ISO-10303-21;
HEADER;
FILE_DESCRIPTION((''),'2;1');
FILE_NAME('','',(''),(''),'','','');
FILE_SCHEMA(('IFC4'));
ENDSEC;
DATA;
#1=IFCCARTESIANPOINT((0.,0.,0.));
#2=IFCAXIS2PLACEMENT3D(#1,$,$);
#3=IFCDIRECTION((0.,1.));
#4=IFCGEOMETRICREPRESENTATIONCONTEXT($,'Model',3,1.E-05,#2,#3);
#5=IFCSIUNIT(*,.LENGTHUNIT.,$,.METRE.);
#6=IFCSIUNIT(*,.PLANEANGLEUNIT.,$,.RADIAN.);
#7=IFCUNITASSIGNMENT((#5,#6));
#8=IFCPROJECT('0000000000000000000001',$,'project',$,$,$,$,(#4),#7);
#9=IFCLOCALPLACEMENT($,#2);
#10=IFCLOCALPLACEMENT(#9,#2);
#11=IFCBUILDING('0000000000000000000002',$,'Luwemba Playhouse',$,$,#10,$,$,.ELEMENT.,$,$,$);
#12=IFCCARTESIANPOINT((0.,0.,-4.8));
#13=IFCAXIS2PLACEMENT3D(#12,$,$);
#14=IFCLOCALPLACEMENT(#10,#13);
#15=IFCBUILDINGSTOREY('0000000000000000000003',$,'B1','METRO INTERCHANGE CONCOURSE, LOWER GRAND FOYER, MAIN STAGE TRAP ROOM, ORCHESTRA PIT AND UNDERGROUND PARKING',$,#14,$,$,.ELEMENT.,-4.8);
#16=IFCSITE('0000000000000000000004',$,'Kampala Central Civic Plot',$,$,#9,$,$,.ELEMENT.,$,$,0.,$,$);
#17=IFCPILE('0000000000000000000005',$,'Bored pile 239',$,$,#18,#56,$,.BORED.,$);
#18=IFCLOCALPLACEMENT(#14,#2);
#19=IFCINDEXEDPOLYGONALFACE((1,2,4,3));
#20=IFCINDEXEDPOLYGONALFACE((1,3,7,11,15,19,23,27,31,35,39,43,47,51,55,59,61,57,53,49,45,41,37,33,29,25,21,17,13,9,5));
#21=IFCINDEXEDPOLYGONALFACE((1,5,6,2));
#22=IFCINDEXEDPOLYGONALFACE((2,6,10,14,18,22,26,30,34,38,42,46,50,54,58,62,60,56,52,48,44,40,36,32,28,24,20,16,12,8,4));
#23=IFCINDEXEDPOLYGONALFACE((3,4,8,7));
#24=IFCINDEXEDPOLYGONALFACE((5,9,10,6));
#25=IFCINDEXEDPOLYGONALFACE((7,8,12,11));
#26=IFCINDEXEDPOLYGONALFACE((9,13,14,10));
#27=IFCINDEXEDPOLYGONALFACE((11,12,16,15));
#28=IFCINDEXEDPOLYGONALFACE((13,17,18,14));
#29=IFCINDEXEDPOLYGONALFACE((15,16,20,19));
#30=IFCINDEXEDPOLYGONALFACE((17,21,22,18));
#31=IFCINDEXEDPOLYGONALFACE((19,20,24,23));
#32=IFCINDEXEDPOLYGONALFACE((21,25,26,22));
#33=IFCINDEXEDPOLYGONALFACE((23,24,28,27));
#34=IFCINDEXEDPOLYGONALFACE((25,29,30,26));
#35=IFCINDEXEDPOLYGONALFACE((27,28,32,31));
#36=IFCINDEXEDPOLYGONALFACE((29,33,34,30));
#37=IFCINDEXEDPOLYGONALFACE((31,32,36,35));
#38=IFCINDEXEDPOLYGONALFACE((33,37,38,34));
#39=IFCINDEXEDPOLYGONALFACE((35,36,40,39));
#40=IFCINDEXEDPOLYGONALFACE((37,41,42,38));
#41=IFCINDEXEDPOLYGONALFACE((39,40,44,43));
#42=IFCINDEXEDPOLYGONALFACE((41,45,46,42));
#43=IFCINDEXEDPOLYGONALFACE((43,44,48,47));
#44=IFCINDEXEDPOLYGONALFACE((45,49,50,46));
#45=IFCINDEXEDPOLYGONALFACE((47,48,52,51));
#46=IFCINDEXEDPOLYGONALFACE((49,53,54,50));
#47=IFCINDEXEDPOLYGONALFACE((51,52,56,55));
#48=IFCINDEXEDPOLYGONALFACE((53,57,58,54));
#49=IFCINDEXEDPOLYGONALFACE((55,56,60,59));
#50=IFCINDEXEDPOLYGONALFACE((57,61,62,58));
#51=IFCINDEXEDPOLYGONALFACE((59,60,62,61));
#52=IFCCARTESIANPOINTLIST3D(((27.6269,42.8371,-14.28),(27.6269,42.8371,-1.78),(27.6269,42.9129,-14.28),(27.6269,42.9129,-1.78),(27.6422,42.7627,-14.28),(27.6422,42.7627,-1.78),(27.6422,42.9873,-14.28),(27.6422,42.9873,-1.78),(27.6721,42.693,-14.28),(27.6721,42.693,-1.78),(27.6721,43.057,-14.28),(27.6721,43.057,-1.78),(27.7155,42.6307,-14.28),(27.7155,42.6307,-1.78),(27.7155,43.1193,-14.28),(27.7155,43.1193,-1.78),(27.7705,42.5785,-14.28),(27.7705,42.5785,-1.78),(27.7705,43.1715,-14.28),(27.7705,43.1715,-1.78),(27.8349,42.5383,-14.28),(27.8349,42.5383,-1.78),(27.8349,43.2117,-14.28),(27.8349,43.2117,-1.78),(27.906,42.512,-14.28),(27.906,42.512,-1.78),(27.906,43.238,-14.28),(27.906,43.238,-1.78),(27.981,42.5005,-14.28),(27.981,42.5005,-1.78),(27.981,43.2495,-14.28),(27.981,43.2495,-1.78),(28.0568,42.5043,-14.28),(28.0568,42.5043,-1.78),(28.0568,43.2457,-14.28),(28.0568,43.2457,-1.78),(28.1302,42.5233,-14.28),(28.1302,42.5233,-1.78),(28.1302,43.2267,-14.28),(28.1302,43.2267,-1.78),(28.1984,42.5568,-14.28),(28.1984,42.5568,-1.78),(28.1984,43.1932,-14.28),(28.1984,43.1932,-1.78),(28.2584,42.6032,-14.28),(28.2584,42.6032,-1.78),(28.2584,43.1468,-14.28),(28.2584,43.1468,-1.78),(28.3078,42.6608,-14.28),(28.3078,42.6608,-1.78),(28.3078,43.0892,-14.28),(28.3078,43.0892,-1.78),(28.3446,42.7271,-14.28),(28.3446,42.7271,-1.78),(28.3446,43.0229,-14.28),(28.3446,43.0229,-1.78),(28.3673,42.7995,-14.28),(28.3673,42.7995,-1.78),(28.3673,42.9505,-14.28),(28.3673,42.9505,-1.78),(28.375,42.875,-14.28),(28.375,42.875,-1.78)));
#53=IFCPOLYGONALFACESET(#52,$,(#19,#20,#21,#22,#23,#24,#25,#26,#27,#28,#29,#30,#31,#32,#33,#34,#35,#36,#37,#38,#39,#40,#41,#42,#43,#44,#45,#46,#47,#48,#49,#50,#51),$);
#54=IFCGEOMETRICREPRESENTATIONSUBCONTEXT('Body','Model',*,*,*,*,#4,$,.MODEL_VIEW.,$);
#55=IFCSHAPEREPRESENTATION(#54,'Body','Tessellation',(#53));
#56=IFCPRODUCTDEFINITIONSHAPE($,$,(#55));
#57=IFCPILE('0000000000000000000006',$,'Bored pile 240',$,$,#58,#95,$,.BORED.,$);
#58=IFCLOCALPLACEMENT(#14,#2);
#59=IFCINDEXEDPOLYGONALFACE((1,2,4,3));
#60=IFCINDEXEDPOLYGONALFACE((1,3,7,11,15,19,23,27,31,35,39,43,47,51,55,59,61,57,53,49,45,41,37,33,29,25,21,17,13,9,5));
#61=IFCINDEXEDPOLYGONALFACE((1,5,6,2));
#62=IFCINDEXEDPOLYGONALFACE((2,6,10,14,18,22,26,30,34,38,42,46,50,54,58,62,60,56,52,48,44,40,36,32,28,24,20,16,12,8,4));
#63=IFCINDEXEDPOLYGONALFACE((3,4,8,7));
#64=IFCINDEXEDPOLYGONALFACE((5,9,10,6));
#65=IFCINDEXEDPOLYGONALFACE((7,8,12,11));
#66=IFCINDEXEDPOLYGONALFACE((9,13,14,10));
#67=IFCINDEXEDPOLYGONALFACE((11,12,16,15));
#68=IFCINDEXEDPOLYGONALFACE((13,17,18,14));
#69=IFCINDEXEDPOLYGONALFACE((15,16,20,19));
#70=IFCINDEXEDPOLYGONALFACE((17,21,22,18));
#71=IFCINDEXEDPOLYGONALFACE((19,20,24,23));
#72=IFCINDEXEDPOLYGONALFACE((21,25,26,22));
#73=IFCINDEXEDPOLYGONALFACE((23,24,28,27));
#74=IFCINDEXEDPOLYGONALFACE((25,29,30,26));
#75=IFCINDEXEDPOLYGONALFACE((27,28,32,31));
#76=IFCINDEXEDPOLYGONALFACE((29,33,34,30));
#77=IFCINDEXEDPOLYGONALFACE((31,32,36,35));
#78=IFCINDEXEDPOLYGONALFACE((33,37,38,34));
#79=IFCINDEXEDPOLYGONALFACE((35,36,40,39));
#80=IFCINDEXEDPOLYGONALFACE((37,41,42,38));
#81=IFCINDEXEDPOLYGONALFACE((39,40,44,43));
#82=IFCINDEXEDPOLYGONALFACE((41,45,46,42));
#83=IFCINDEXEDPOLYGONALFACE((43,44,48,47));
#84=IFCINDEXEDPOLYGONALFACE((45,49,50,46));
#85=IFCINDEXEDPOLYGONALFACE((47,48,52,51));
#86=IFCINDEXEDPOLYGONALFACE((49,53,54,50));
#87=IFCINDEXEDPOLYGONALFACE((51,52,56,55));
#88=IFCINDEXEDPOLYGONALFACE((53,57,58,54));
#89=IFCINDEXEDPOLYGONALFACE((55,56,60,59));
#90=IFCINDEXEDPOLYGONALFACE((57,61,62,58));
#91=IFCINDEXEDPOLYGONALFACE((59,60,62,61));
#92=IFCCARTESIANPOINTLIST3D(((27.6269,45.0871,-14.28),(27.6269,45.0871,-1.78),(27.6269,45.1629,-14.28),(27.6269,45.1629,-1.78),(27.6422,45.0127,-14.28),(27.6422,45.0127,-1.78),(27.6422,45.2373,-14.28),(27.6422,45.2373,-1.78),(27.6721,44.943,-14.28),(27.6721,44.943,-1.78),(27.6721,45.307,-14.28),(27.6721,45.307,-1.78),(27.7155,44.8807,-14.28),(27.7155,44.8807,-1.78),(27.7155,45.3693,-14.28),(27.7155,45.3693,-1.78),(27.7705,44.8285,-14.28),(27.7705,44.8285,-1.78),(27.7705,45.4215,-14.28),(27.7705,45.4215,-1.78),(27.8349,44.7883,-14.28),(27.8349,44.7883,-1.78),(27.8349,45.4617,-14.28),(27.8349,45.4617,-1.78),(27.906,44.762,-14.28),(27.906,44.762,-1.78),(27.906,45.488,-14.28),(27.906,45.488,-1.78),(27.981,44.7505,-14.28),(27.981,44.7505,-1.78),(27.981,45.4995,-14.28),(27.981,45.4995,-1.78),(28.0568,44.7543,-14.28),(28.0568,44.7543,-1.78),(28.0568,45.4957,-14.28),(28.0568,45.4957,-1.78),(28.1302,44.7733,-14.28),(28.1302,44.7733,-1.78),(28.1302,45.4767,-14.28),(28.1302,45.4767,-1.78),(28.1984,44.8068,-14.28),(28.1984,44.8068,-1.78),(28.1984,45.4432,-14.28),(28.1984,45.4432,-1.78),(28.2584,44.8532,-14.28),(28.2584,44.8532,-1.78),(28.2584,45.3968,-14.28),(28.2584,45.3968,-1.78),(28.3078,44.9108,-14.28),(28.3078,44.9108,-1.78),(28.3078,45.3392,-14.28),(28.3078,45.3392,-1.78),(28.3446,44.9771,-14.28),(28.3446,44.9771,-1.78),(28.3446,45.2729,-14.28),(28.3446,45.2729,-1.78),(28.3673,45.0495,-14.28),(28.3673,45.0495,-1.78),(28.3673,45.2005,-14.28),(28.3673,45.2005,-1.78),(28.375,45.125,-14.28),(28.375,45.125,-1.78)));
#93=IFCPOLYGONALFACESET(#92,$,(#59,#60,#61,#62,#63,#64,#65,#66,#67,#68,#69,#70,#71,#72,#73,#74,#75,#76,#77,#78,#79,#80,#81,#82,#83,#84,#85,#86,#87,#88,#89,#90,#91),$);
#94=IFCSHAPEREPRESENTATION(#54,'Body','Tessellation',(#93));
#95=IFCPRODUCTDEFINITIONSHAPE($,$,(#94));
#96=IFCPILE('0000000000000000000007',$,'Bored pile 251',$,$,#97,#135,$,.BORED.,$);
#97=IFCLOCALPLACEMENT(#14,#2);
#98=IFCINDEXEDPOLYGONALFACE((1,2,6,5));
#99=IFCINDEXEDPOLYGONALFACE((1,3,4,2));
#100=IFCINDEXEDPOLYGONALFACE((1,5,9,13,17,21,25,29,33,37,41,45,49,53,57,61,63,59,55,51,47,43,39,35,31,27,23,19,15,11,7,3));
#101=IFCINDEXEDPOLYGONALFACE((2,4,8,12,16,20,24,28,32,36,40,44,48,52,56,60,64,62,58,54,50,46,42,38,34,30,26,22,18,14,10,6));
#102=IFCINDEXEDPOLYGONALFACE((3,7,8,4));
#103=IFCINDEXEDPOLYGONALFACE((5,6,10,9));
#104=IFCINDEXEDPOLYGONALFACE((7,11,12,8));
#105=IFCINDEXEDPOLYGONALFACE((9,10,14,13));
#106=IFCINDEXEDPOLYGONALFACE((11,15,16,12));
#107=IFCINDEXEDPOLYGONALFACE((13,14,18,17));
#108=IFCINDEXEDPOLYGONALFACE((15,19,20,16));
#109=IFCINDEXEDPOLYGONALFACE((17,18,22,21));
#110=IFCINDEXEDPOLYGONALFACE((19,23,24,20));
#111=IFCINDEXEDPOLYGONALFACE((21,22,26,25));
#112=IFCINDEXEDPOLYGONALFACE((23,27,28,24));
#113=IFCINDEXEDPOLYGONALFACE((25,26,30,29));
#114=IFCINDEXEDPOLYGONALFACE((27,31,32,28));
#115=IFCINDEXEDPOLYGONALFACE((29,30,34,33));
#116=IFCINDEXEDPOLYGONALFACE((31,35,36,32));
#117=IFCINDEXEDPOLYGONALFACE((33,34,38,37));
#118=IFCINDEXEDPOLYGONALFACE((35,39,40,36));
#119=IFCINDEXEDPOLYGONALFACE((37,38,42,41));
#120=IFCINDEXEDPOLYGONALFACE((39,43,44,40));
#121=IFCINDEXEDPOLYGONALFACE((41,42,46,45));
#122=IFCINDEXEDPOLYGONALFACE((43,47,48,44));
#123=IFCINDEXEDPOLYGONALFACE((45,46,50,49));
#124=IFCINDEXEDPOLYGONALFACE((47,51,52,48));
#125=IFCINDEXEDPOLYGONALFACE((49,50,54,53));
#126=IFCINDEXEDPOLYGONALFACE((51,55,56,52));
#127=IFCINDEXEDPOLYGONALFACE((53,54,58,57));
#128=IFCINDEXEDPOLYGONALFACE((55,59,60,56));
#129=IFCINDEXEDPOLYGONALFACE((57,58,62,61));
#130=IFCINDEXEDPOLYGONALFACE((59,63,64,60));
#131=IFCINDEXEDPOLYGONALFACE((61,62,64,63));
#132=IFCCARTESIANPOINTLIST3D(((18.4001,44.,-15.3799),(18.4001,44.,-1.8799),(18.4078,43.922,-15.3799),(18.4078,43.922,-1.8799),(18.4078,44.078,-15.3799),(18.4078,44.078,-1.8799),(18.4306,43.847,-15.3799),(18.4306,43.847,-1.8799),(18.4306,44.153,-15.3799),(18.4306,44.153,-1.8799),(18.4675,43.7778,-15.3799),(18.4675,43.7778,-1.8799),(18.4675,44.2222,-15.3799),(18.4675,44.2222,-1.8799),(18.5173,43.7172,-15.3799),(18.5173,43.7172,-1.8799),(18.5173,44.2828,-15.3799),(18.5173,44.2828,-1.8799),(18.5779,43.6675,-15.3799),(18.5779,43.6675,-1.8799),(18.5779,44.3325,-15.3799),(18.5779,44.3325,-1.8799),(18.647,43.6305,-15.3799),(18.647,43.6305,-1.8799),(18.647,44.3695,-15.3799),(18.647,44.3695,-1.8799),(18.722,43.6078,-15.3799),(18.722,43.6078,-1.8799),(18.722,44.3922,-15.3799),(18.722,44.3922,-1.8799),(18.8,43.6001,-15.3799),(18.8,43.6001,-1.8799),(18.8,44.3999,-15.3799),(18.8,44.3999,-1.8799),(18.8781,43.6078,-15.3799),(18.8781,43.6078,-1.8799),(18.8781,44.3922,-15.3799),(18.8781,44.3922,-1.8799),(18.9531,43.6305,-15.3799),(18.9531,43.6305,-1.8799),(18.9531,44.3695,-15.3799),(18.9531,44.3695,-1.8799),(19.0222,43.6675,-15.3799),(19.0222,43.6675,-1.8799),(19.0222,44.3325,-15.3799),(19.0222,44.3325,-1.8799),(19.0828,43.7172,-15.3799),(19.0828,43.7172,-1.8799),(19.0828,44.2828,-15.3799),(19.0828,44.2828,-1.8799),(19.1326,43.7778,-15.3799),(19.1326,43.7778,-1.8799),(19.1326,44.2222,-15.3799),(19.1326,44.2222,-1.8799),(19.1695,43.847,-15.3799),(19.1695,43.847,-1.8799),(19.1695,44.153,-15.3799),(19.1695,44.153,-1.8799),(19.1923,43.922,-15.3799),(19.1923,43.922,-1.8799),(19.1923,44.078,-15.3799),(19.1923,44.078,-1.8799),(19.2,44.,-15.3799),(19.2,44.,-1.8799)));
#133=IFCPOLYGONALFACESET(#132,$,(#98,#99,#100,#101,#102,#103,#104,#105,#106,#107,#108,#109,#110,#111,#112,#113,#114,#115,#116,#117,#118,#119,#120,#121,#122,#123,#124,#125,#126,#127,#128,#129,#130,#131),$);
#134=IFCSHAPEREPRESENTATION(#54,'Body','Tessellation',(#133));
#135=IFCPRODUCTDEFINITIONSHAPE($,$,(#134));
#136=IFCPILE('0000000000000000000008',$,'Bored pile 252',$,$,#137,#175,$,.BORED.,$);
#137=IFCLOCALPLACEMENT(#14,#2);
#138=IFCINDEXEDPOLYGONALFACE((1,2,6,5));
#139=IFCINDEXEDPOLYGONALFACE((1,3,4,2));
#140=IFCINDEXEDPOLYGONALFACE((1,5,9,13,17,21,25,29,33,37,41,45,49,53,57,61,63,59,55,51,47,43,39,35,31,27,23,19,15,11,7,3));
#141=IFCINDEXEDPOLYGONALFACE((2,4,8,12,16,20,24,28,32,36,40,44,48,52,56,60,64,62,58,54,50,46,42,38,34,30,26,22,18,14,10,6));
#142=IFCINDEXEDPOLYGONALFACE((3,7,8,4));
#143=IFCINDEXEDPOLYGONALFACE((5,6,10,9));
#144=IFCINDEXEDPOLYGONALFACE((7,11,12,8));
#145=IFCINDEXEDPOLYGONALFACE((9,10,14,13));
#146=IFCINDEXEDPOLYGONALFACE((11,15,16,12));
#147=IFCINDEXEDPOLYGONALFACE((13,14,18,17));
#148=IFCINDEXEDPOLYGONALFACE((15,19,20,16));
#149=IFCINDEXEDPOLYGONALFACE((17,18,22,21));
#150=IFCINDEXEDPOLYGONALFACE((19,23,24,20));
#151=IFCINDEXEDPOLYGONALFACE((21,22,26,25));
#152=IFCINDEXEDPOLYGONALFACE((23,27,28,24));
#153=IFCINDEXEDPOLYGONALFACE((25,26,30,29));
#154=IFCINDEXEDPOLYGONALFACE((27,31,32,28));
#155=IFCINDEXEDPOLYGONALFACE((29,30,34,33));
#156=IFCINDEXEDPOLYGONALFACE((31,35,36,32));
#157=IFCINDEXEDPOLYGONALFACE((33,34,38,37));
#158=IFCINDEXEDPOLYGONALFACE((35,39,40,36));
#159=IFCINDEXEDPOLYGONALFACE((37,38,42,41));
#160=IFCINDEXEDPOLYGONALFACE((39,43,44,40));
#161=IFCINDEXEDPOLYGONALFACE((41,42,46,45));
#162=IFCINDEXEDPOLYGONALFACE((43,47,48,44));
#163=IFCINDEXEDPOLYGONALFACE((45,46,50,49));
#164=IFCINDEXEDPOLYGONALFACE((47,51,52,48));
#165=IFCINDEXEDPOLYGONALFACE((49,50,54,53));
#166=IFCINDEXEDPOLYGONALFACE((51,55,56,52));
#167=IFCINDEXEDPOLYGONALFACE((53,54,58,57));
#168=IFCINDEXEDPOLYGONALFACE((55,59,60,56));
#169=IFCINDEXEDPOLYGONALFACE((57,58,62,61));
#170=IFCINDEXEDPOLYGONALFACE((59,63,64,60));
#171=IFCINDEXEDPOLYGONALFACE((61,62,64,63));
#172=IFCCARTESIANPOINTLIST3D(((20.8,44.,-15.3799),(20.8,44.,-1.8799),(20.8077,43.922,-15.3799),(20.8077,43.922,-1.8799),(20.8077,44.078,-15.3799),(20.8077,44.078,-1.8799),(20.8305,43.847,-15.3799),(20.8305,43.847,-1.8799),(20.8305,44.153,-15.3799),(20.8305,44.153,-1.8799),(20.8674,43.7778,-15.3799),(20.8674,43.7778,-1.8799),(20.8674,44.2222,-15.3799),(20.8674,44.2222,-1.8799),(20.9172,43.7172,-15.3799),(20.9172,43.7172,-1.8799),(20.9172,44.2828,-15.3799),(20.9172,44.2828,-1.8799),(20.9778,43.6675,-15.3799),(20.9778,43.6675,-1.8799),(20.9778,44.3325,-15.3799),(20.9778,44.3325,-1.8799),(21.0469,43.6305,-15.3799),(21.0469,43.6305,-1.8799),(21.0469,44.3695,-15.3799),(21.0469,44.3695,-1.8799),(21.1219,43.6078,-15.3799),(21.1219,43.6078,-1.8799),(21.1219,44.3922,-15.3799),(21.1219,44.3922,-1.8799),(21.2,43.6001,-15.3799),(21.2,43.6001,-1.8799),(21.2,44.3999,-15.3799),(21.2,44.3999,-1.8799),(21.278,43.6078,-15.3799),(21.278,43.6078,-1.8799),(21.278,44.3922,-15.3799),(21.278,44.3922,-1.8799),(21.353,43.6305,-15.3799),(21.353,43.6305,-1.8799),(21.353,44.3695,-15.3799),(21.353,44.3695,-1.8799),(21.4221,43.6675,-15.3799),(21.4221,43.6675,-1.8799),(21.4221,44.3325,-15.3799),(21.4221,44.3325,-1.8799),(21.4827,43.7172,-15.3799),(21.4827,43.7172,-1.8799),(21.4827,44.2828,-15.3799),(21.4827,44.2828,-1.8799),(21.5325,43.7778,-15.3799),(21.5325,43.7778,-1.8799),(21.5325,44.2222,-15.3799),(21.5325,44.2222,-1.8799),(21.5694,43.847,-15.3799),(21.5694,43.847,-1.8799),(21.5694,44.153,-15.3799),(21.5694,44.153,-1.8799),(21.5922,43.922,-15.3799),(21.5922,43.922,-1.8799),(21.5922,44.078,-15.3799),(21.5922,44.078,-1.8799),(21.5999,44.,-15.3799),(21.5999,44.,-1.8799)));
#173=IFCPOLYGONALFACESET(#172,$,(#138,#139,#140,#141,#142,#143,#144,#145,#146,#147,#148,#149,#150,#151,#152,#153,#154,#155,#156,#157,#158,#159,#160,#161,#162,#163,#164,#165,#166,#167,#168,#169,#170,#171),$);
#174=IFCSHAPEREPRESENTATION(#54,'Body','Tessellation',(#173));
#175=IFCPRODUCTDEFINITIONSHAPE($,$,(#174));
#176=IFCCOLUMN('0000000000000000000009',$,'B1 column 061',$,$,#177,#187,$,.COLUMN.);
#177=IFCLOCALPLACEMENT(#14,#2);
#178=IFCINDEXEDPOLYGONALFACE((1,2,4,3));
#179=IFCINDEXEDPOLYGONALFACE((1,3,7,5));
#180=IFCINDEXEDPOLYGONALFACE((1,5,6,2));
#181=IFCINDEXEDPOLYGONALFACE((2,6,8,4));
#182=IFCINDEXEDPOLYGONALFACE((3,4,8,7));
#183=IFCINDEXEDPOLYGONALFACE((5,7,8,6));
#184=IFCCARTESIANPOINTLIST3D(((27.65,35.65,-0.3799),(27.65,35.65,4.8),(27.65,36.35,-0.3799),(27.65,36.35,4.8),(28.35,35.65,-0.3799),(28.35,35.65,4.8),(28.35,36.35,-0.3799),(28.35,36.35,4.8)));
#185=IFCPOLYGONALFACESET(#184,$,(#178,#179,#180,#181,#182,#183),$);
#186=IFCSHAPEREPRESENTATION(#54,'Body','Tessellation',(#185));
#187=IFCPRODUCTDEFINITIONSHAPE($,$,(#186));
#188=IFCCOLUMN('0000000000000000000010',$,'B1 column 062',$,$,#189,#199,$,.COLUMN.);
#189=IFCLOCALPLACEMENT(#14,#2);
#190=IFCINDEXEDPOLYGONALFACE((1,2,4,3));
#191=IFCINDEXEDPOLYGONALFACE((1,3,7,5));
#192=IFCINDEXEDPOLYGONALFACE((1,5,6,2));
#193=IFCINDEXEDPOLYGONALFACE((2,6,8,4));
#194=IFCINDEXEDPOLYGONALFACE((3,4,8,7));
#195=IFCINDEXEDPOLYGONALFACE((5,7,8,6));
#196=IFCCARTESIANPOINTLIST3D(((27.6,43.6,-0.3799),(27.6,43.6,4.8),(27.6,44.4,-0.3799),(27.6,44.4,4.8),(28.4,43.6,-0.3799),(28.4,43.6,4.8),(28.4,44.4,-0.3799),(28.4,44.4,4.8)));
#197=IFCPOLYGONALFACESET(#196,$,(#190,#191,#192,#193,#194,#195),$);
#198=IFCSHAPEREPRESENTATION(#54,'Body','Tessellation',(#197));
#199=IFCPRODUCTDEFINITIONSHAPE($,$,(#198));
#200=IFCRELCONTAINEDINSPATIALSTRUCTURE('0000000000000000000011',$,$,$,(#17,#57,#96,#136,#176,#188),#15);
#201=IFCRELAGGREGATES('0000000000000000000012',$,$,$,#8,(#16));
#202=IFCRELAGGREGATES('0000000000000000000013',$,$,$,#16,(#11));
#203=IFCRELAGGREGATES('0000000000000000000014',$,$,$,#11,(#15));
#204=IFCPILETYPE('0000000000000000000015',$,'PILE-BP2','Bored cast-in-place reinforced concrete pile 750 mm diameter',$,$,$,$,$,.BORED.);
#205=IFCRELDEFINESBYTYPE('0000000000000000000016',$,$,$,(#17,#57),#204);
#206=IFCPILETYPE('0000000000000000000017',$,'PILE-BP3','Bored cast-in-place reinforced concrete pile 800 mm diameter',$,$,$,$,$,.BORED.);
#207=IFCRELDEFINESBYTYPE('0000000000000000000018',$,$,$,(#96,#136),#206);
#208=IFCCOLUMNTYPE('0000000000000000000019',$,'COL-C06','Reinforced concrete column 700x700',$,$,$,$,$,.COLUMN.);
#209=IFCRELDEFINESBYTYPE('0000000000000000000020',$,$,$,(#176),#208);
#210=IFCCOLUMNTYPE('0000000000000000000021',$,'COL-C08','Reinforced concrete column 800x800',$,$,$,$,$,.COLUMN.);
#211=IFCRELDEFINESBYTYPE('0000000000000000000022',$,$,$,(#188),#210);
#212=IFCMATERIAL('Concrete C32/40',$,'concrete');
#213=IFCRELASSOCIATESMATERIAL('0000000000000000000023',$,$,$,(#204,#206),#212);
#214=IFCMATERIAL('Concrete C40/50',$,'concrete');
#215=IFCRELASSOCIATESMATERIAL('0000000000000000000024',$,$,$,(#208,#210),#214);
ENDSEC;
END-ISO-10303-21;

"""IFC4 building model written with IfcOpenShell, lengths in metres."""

from ifc_helpers import new_model, si_unit, direction, frame, origin, origin_2d, place, context, subcontext, project, spatial, rectangle, circle, extrude, material, material_profile, profile_set, type_object, element, save


model = new_model("IFC4")

# Units and contexts
model_context = context("Model", 3, precision=1e-05, world=origin(), true_north=direction((0.0, 1.0)))
body_context = subcontext(model_context, "Body", "Model", "MODEL_VIEW")
ifc_project = project(units=[si_unit("LENGTHUNIT", "METRE"), si_unit("PLANEANGLEUNIT", "RADIAN")], contexts=[model_context])

# Site, building, storey
site_placement = place(None, origin())
site = spatial("IfcSite", under=ifc_project, at=site_placement, Name="Kampala Central Civic Plot", CompositionType="ELEMENT", RefElevation=0.0)
building_placement = place(site_placement, origin())
building = spatial("IfcBuilding", under=site, at=building_placement, Name="Luwemba Playhouse", CompositionType="ELEMENT")
storey_placement = place(building_placement, frame((0.0, 0.0, -4.8)))
storey = spatial("IfcBuildingStorey", under=building, at=storey_placement, Name="B1", Description="METRO INTERCHANGE CONCOURSE, LOWER GRAND FOYER, MAIN STAGE TRAP ROOM, ORCHESTRA PIT AND UNDERGROUND PARKING", CompositionType="ELEMENT", Elevation=-4.8)

# Shared definitions
ifc_material_1 = material(Name="Concrete C32/40", Category="concrete")

# Piles
ifc_material_profile_1 = material_profile(ifc_material_1, circle(Radius=0.375, at=origin_2d()))
ifc_profile_set_1 = profile_set([ifc_material_profile_1], Name="Concrete C32/40")
pile_type_1 = type_object("IfcPileType", Name="PILE-BP2", Description="Bored cast-in-place reinforced concrete pile 750 mm diameter", PredefinedType="BORED", material=ifc_profile_set_1)
for number, where, z_axis, x_axis, name in (
    (1, (28.0, 42.875, -1.78), (0.0, 0.0, -1.0), (1.0, 0.0, 0.0), "Bored pile 239"),
    (2, (28.0, 45.125, -1.78), (0.0, 0.0, -1.0), (1.0, 0.0, 0.0), "Bored pile 240"),
):
    element("IfcPile", number, at=place(storey_placement, frame(where, z_axis=z_axis, x_axis=x_axis)), inside=storey, type_object=pile_type_1, Name=name, PredefinedType="BORED", context=body_context, shape_type="SweptSolid", body=[
        extrude(circle(Radius=0.375, at=origin_2d()), origin(), (0.0, 0.0, 1.0), 12.5),
    ])
ifc_material_profile_2 = material_profile(ifc_material_1, circle(Radius=0.3999, at=origin_2d()))
ifc_profile_set_2 = profile_set([ifc_material_profile_2], Name="Concrete C32/40")
pile_type_2 = type_object("IfcPileType", Name="PILE-BP3", Description="Bored cast-in-place reinforced concrete pile 800 mm diameter", PredefinedType="BORED", material=ifc_profile_set_2)
for number, where, z_axis, x_axis, name in (
    (3, (18.8, 44.0, -1.8799), (0.0, 0.0, -1.0), (1.0, 0.0, 0.0), "Bored pile 251"),
    (4, (21.2, 44.0, -1.8799), (0.0, 0.0, -1.0), (1.0, 0.0, 0.0), "Bored pile 252"),
):
    element("IfcPile", number, at=place(storey_placement, frame(where, z_axis=z_axis, x_axis=x_axis)), inside=storey, type_object=pile_type_2, Name=name, PredefinedType="BORED", context=body_context, shape_type="SweptSolid", body=[
        extrude(circle(Radius=0.3999, at=origin_2d()), origin(), (0.0, 0.0, 1.0), 13.5),
    ])

# Columns
ifc_material_2 = material(Name="Concrete C40/50", Category="concrete")
ifc_material_profile_3 = material_profile(ifc_material_2, rectangle(XDim=0.7, YDim=0.7, at=origin_2d()))
ifc_profile_set_3 = profile_set([ifc_material_profile_3], Name="Concrete C40/50")
column_type_1 = type_object("IfcColumnType", Name="COL-C06", Description="Reinforced concrete column 700x700", PredefinedType="COLUMN", material=ifc_profile_set_3)
column_1_placement = place(storey_placement, frame((28.0, 36.0, -0.3799), z_axis=(0.0, 0.0, 1.0), x_axis=(1.0, 0.0, 0.0)))
element("IfcColumn", 5, at=column_1_placement, inside=storey, type_object=column_type_1, Name="B1 column 061", PredefinedType="COLUMN", context=body_context, shape_type="SweptSolid", body=[
    extrude(rectangle(XDim=0.7, YDim=0.7, at=origin_2d()), origin(), (0.0, 0.0, 1.0), 5.1799),
])
ifc_material_profile_4 = material_profile(ifc_material_2, rectangle(XDim=0.8, YDim=0.8, at=origin_2d()))
ifc_profile_set_4 = profile_set([ifc_material_profile_4], Name="Concrete C40/50")
column_type_2 = type_object("IfcColumnType", Name="COL-C08", Description="Reinforced concrete column 800x800", PredefinedType="COLUMN", material=ifc_profile_set_4)
column_2_placement = place(storey_placement, frame((28.0, 44.0, -0.3799), z_axis=(0.0, 0.0, 1.0), x_axis=(1.0, 0.0, 0.0)))
element("IfcColumn", 6, at=column_2_placement, inside=storey, type_object=column_type_2, Name="B1 column 062", PredefinedType="COLUMN", context=body_context, shape_type="SweptSolid", body=[
    extrude(rectangle(XDim=0.8, YDim=0.8, at=origin_2d()), origin(), (0.0, 0.0, 1.0), 5.1799),
])

save(model, "model.ifc")
